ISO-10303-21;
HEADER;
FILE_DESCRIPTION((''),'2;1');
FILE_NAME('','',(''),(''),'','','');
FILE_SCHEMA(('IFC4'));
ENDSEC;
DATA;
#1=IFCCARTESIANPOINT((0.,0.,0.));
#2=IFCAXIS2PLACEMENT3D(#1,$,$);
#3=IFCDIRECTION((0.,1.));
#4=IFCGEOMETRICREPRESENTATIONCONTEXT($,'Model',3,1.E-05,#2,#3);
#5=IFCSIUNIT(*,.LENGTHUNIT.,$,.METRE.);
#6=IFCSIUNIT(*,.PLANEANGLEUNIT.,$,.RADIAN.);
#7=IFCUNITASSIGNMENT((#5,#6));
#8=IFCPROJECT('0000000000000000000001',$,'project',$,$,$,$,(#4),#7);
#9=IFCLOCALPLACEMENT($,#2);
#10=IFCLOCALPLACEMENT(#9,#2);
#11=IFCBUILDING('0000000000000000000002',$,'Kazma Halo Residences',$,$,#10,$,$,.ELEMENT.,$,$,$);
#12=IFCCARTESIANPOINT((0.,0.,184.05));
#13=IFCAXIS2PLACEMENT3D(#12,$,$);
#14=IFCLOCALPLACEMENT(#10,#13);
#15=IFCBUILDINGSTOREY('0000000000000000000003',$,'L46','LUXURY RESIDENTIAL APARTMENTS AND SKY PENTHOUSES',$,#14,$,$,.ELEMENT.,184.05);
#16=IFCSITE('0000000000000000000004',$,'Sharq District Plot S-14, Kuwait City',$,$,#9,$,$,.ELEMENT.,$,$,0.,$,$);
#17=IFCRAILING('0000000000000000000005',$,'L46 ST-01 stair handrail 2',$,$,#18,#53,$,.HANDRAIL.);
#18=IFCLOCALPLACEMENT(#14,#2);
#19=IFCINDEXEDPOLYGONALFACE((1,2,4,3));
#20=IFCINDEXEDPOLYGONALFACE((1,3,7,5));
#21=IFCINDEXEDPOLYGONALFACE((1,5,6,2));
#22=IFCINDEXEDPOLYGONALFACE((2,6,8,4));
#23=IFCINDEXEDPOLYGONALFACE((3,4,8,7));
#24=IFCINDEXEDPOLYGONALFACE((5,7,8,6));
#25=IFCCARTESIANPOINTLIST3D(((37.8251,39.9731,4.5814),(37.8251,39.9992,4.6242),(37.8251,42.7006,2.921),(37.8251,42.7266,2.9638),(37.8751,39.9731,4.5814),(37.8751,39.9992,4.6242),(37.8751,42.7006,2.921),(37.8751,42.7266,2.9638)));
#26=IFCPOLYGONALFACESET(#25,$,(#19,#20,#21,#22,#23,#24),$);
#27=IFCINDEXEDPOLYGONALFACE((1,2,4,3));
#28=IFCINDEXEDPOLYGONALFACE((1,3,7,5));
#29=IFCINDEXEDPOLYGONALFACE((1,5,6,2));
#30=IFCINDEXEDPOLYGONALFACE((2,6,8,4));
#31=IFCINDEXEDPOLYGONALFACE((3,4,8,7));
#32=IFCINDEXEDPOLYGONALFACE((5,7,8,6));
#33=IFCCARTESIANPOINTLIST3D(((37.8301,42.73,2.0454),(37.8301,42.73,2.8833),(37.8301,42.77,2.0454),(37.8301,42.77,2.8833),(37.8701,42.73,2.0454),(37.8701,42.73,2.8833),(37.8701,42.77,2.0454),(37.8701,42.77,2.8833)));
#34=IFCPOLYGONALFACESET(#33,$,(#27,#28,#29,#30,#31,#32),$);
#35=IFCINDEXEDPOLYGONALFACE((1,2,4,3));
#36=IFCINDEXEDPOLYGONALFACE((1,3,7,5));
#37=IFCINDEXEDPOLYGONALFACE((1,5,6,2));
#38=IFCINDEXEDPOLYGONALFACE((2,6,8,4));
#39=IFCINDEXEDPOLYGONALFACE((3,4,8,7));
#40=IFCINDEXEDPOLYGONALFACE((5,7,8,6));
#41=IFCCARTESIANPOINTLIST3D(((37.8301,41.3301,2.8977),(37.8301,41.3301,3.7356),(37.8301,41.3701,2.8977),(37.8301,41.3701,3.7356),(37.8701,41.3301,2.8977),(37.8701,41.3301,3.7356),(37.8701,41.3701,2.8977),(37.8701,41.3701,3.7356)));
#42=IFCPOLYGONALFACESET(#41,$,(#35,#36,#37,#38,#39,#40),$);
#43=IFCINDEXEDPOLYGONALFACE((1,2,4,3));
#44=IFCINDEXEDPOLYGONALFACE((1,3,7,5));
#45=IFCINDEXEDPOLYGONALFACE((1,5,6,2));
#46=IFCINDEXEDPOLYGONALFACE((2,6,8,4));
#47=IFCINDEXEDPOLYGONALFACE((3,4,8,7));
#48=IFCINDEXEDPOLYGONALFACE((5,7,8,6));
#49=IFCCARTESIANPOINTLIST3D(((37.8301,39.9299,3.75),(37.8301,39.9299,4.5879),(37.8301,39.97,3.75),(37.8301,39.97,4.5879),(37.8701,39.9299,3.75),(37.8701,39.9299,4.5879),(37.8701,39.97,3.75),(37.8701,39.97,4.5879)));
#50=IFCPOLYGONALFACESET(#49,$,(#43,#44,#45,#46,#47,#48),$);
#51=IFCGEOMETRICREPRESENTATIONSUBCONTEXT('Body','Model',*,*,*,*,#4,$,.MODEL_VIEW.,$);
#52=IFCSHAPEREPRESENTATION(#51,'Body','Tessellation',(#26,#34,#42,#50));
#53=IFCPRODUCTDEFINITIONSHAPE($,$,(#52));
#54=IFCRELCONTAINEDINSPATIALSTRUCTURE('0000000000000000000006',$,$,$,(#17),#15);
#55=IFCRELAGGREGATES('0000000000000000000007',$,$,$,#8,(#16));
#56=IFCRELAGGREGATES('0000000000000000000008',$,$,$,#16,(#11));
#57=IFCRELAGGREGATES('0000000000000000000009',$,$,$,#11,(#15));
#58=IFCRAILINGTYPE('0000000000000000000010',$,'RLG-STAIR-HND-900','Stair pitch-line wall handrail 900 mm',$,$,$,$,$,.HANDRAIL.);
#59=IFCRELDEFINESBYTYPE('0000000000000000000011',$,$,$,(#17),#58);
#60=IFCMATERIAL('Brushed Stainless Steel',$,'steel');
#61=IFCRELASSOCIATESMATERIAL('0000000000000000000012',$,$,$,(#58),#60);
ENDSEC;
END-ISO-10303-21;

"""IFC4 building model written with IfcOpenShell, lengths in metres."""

from ifc_helpers import new_model, si_unit, direction, frame, origin, origin_2d, place, context, subcontext, project, spatial, rectangle, extrude, material, type_object, element, save


model = new_model("IFC4")

# Units and contexts
model_context = context("Model", 3, precision=1e-05, world=origin(), true_north=direction((0.0, 1.0)))
body_context = subcontext(model_context, "Body", "Model", "MODEL_VIEW")
ifc_project = project(units=[si_unit("LENGTHUNIT", "METRE"), si_unit("PLANEANGLEUNIT", "RADIAN")], contexts=[model_context])

# Site, building, storey
site_placement = place(None, origin())
site = spatial("IfcSite", under=ifc_project, at=site_placement, Name="Sharq District Plot S-14, Kuwait City", CompositionType="ELEMENT", RefElevation=0.0)
building_placement = place(site_placement, origin())
building = spatial("IfcBuilding", under=site, at=building_placement, Name="Kazma Halo Residences", CompositionType="ELEMENT")
storey_placement = place(building_placement, frame((0.0, 0.0, 184.05)))
storey = spatial("IfcBuildingStorey", under=building, at=storey_placement, Name="L46", Description="LUXURY RESIDENTIAL APARTMENTS AND SKY PENTHOUSES", CompositionType="ELEMENT", Elevation=184.05)

# Railing
ifc_material_1 = material(Name="Brushed Stainless Steel", Category="steel")
railing_type_1 = type_object("IfcRailingType", Name="RLG-STAIR-HND-900", Description="Stair pitch-line wall handrail 900 mm", PredefinedType="HANDRAIL", material=ifc_material_1)
railing_1_placement = place(storey_placement, frame((37.8501, 42.75, 2.0454)))
element("IfcRailing", 1, at=railing_1_placement, inside=storey, type_object=railing_type_1, Name="L46 ST-01 stair handrail 2", PredefinedType="HANDRAIL", context=body_context, shape_type="SweptSolid", body=[
    extrude(rectangle(XDim=0.05, YDim=0.05, at=origin_2d()), frame((0.0, -0.0364, 0.897), z_axis=(0.0, -0.85417, 0.519994), x_axis=(1.0, 0.0, 0.0)), (0.0, 0.0, 1.0), 3.1931),
    extrude(rectangle(XDim=0.04, YDim=0.04, at=origin_2d()), origin(), (0.0, 0.0, 1.0), 0.8379),
    extrude(rectangle(XDim=0.04, YDim=0.04, at=origin_2d()), frame((0.0, -1.3999, 0.8523)), (0.0, 0.0, 1.0), 0.8379),
    extrude(rectangle(XDim=0.04, YDim=0.04, at=origin_2d()), frame((0.0, -2.8, 1.7046)), (0.0, 0.0, 1.0), 0.8379),
])

save(model, "model.ifc")
